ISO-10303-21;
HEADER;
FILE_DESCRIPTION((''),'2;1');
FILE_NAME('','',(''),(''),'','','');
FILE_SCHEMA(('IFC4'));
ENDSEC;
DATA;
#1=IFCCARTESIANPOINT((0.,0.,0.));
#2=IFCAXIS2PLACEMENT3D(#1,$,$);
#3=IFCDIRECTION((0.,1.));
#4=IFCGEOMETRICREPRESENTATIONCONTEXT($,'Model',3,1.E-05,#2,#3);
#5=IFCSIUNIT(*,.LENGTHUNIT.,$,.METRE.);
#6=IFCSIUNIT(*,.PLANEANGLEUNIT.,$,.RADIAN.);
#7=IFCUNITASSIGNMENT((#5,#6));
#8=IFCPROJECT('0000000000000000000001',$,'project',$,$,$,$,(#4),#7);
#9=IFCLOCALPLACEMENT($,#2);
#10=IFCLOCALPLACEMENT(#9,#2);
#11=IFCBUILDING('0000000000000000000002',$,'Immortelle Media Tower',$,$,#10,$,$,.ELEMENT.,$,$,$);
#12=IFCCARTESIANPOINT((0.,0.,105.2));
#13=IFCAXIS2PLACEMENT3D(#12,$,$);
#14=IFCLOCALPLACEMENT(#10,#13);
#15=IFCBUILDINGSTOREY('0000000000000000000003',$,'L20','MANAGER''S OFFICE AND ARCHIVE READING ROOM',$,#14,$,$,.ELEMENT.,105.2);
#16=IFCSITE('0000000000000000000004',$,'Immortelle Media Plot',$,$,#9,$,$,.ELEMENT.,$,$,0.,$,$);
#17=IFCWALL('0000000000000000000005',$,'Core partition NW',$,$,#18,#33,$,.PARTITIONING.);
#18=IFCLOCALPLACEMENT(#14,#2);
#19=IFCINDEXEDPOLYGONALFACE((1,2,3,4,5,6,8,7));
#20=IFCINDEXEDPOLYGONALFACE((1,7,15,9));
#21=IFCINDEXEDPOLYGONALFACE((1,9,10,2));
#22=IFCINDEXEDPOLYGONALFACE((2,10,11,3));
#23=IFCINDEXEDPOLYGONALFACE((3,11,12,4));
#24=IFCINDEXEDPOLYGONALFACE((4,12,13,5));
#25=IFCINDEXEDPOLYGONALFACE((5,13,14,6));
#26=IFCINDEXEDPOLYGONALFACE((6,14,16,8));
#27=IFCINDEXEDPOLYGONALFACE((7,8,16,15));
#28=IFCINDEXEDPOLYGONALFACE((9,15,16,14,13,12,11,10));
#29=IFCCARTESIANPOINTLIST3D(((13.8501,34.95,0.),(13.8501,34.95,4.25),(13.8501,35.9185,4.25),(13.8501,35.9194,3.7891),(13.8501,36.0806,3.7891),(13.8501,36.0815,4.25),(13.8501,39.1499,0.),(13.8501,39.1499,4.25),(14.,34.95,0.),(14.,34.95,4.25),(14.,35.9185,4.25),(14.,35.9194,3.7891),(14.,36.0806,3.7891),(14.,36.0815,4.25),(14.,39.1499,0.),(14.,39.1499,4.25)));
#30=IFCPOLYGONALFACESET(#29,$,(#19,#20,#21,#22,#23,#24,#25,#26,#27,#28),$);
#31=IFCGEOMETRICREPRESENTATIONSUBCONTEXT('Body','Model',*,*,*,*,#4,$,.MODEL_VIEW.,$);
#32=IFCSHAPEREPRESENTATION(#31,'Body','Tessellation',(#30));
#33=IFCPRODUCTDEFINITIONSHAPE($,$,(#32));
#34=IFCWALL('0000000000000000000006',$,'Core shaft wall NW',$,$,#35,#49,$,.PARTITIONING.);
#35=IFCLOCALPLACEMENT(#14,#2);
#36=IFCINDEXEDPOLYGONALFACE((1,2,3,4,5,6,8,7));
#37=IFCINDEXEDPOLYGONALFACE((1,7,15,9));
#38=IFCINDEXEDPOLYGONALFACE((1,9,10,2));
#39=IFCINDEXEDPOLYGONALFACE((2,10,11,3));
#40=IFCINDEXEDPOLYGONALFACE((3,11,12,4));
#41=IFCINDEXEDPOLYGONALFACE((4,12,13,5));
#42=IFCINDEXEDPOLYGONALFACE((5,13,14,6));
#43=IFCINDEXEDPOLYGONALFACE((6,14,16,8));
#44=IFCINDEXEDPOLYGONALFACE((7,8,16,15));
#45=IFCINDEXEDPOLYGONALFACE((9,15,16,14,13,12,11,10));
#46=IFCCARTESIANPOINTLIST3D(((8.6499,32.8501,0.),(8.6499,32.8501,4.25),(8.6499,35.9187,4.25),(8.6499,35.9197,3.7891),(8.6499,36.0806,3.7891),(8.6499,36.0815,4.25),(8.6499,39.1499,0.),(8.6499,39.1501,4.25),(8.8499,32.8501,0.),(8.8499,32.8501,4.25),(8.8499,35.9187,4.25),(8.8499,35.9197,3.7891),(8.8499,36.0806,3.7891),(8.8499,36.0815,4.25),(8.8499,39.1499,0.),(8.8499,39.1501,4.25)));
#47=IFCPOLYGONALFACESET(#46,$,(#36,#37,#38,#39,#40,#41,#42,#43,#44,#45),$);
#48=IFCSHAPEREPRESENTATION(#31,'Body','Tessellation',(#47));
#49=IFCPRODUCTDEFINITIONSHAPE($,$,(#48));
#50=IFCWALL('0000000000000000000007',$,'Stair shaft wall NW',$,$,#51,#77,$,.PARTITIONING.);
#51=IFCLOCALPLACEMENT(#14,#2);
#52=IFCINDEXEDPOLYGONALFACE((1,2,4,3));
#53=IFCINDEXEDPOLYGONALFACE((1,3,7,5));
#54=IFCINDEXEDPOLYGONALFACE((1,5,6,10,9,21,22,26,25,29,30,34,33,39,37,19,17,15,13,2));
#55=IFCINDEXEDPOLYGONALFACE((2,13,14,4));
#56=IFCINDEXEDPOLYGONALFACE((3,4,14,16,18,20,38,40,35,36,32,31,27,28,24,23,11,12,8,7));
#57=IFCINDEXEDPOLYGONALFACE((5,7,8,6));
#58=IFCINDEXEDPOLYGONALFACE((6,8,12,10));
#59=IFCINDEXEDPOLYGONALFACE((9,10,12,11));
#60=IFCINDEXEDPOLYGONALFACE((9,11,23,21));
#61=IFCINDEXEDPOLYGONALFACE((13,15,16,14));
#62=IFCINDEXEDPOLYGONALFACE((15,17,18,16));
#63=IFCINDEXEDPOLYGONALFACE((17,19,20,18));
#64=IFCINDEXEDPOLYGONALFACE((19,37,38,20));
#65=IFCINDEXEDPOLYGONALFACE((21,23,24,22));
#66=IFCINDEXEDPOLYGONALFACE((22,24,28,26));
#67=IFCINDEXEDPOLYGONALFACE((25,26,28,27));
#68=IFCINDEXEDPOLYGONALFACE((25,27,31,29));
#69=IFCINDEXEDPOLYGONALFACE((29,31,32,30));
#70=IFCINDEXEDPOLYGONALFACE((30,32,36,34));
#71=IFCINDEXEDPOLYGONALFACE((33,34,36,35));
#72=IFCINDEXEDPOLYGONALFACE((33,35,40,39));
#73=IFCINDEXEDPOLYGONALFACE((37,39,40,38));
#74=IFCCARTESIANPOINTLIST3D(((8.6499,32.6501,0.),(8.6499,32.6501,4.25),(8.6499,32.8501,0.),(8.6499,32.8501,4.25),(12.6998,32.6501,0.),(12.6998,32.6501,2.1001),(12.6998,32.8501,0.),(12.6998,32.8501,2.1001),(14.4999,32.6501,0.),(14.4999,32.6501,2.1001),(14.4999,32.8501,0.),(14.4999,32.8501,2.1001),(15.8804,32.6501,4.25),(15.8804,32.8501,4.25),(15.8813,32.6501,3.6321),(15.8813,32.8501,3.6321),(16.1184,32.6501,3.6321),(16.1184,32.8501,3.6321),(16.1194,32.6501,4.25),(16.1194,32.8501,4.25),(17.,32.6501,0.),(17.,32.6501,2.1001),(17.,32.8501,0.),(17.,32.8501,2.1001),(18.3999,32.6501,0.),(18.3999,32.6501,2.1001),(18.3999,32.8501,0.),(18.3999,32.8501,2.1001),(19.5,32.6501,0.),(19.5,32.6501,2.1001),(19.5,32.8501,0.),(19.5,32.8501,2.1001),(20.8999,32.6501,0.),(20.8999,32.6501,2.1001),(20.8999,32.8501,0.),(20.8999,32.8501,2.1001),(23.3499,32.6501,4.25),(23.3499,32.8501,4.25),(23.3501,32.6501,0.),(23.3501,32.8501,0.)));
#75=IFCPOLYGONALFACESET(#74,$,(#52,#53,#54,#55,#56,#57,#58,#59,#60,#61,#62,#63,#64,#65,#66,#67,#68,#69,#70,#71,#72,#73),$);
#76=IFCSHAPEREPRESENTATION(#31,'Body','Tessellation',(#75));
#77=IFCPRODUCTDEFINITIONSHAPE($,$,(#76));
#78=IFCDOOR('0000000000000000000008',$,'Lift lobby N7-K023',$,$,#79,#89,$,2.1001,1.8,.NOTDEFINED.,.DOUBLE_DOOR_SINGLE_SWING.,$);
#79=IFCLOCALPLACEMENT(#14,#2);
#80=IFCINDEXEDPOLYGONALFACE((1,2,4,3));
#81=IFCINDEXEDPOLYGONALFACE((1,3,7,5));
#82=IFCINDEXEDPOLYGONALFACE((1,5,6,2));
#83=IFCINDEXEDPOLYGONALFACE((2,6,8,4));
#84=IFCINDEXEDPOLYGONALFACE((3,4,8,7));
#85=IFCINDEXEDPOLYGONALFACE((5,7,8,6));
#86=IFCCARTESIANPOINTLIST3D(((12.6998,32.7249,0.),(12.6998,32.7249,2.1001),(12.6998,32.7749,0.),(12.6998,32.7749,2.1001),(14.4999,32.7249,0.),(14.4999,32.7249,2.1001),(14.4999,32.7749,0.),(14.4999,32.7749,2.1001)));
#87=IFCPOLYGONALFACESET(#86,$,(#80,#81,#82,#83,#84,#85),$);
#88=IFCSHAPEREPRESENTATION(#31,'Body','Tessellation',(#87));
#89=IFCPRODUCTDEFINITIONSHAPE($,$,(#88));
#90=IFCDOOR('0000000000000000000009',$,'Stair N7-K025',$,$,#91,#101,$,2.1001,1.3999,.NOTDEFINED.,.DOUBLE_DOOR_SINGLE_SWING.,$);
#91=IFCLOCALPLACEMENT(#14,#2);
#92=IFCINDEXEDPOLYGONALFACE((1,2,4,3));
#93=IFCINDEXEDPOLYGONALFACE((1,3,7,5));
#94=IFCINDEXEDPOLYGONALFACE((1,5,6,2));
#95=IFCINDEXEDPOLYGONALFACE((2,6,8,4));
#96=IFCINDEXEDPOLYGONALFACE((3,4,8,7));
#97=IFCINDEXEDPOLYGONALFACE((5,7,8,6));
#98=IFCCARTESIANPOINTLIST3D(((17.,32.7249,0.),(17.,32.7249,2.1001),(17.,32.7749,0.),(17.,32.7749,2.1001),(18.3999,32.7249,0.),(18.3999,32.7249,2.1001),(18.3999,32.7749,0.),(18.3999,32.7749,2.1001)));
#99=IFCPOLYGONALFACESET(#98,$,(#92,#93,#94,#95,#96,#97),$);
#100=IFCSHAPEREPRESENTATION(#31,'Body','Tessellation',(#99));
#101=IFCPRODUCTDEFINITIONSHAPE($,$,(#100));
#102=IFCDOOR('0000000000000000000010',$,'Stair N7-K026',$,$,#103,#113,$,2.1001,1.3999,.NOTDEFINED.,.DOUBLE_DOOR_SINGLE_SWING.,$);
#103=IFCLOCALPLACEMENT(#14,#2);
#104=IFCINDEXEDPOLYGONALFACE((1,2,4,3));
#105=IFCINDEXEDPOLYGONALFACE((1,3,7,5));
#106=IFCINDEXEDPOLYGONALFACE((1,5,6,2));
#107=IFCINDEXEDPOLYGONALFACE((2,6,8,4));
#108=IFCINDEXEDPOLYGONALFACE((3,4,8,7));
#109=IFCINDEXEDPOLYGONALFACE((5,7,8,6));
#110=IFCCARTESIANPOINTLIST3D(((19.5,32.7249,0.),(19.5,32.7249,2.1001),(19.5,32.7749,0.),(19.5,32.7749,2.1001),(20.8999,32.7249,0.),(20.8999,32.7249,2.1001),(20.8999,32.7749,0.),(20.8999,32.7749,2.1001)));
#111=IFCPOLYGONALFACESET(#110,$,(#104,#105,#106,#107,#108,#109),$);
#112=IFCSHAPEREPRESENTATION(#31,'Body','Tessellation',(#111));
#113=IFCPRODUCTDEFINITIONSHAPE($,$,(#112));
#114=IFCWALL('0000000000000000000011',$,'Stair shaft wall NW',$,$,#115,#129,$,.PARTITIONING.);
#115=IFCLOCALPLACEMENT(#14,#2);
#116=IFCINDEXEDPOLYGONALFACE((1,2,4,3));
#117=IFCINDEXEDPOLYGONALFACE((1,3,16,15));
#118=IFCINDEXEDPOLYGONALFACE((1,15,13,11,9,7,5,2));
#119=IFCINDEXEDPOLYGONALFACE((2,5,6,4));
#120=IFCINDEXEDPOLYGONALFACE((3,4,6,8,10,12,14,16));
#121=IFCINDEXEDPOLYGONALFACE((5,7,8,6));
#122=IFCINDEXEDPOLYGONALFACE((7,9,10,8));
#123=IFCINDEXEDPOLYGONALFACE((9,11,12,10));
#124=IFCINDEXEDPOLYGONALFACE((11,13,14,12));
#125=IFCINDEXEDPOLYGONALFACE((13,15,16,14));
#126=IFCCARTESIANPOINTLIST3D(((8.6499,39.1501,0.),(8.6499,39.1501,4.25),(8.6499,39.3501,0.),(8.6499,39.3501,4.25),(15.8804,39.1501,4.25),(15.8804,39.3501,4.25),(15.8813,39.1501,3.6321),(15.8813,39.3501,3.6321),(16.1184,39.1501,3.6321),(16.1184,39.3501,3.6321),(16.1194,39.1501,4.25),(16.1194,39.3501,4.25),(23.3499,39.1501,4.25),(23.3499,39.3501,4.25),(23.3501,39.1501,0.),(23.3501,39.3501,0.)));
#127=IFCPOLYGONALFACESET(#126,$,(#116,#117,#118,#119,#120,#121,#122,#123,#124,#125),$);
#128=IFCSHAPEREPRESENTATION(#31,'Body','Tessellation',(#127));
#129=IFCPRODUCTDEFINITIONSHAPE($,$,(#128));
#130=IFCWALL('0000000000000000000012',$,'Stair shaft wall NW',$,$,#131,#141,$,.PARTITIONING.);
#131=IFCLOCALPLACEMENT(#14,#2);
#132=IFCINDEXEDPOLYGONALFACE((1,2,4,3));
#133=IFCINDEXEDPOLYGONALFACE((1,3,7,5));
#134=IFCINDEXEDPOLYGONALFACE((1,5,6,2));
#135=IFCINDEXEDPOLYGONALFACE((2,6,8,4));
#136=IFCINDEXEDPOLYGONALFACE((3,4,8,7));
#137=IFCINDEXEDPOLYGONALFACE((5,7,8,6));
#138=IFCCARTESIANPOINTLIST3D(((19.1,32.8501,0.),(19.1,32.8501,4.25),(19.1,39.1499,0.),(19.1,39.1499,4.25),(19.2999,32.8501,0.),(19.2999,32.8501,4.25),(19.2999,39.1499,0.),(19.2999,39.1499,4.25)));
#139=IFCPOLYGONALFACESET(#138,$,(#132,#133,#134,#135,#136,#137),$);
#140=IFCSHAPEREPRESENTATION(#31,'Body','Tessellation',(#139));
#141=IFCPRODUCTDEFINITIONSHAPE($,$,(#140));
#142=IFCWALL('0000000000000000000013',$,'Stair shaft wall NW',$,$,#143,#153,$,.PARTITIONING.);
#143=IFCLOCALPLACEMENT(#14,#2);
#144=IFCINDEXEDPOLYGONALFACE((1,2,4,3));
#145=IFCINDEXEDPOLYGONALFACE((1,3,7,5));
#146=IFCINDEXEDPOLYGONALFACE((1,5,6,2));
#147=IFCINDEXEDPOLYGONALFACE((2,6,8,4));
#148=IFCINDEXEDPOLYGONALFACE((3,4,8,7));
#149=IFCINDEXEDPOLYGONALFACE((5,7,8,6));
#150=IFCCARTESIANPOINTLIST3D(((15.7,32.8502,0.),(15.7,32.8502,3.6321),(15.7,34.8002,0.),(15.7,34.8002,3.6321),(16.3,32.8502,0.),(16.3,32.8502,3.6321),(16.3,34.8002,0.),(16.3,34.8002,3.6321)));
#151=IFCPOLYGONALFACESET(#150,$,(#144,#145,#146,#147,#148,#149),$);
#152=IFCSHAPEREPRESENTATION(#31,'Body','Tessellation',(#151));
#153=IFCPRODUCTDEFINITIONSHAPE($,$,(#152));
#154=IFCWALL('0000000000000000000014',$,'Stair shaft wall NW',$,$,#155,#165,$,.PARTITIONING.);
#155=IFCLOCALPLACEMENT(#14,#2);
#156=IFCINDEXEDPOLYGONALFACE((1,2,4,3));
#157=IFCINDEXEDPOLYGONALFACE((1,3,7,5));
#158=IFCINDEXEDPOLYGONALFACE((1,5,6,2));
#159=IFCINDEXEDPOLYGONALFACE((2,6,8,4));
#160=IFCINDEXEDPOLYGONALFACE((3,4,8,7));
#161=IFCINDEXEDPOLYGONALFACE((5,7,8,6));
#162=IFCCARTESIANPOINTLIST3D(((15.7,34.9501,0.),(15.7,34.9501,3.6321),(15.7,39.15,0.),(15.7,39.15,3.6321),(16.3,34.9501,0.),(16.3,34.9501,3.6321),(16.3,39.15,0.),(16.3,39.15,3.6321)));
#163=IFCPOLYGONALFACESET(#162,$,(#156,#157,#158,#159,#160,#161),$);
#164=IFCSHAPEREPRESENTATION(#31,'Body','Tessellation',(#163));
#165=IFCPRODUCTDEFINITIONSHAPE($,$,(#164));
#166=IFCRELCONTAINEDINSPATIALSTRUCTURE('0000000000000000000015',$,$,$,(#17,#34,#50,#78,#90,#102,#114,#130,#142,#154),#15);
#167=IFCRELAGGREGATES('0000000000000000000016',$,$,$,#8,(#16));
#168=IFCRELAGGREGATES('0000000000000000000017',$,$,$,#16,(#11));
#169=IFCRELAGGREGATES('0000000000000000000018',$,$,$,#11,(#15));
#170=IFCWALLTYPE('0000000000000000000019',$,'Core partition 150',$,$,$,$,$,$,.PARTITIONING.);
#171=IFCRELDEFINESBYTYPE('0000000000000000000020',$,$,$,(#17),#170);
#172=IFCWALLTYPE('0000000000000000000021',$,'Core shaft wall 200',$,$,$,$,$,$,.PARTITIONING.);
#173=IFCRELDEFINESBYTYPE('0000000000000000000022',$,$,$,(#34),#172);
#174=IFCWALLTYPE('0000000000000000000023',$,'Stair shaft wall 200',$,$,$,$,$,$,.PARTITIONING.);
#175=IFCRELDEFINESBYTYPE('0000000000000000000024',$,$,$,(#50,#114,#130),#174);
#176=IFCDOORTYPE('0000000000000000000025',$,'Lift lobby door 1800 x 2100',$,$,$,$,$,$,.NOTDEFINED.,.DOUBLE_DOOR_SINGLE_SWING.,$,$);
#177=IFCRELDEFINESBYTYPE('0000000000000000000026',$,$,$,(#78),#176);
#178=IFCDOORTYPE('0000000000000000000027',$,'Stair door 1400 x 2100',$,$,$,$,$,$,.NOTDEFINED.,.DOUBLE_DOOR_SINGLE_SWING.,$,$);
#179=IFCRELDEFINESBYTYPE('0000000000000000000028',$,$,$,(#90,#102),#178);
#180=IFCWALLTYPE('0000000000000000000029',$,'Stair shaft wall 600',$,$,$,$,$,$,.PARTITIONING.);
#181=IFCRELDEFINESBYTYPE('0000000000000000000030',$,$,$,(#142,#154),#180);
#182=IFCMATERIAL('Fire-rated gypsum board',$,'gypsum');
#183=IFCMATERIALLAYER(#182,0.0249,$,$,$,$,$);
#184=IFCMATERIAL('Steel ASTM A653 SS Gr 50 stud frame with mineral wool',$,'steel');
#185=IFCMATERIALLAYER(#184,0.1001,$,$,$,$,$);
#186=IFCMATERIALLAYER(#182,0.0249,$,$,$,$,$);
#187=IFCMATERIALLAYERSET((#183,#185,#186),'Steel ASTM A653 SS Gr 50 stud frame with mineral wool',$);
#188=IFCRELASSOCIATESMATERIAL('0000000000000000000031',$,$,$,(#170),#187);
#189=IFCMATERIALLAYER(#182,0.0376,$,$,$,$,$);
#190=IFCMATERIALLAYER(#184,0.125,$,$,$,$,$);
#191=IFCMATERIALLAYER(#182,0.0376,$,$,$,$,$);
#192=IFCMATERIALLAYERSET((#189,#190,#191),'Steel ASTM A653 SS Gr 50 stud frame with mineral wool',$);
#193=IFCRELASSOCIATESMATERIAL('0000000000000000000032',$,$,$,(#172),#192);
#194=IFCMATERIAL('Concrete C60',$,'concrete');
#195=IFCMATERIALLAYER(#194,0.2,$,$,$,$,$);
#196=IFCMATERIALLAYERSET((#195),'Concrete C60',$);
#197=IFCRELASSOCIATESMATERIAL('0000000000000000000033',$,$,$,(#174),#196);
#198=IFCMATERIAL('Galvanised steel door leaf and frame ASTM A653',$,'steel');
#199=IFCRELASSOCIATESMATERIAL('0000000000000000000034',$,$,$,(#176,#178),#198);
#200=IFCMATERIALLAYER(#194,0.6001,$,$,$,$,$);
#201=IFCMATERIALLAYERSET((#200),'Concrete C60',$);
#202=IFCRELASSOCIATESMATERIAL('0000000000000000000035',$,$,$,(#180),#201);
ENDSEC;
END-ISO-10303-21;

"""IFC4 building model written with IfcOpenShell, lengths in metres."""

from ifc_helpers import new_model, si_unit, direction, frame, frame_2d, origin, place, context, subcontext, project, spatial, polyline, rectangle, outline, extrude, material, layer, layer_set, type_object, element, fill, save


model = new_model("IFC4")

# Units and contexts
model_context = context("Model", 3, precision=1e-05, world=origin(), true_north=direction((0.0, 1.0)))
body_context = subcontext(model_context, "Body", "Model", "MODEL_VIEW")
ifc_project = project(units=[si_unit("LENGTHUNIT", "METRE"), si_unit("PLANEANGLEUNIT", "RADIAN")], contexts=[model_context])

# Site, building, storey
site_placement = place(None, origin())
site = spatial("IfcSite", under=ifc_project, at=site_placement, Name="Immortelle Media Plot", CompositionType="ELEMENT", RefElevation=0.0)
building_placement = place(site_placement, origin())
building = spatial("IfcBuilding", under=site, at=building_placement, Name="Immortelle Media Tower", CompositionType="ELEMENT")
storey_placement = place(building_placement, frame((0.0, 0.0, 105.2)))
storey = spatial("IfcBuildingStorey", under=building, at=storey_placement, Name="L20", Description="MANAGER'S OFFICE AND ARCHIVE READING ROOM", CompositionType="ELEMENT", Elevation=105.2)

# Shared definitions
ifc_material_1 = material(Name="Fire-rated gypsum board", Category="gypsum")
ifc_layer_1 = layer(ifc_material_1, 0.0249)
ifc_material_2 = material(Name="Steel ASTM A653 SS Gr 50 stud frame with mineral wool", Category="steel")
ifc_layer_2 = layer(ifc_material_2, 0.1001)
ifc_layer_3 = layer(ifc_material_1, 0.0249)
ifc_layer_set_1 = layer_set([ifc_layer_1, ifc_layer_2, ifc_layer_3], Name="Steel ASTM A653 SS Gr 50 stud frame with mineral wool")
wall_type_1 = type_object("IfcWallType", Name="Core partition 150", PredefinedType="PARTITIONING", material=ifc_layer_set_1)
ifc_material_3 = material(Name="Galvanised steel door leaf and frame ASTM A653", Category="steel")

# Walls
for number, where, z_axis, x_axis, name in (
    (1, (13.925, 34.95, 0.0), (0.0, 0.0, 1.0), (0.0, 1.0, 0.0), "Core partition NW"),
):
    element("IfcWall", number, at=place(storey_placement, frame(where, z_axis=z_axis, x_axis=x_axis)), inside=storey, type_object=wall_type_1, Name=name, PredefinedType="PARTITIONING", context=body_context, shape_type="SweptSolid", body=[
        extrude(outline(polyline([(0.0, 0.0), (4.2, 0.0), (4.2, 4.25), (1.1316, 4.25), (1.1306, 3.7891), (0.9695, 3.7891), (0.9685, 4.25), (0.0, 4.25), (0.0, 0.0)])), frame((0.0, 0.075, 0.0), z_axis=(0.0, -1.0, 0.0), x_axis=(1.0, 0.0, 0.0)), (0.0, 0.0, 1.0), 0.1499),
    ])
ifc_layer_4 = layer(ifc_material_1, 0.0376)
ifc_layer_5 = layer(ifc_material_2, 0.125)
ifc_layer_6 = layer(ifc_material_1, 0.0376)
ifc_layer_set_2 = layer_set([ifc_layer_4, ifc_layer_5, ifc_layer_6], Name="Steel ASTM A653 SS Gr 50 stud frame with mineral wool")
wall_type_2 = type_object("IfcWallType", Name="Core shaft wall 200", PredefinedType="PARTITIONING", material=ifc_layer_set_2)
wall_1_placement = place(storey_placement, frame((8.75, 32.8501, 0.0), z_axis=(0.0, 0.0, 1.0), x_axis=(0.0, 1.0, 0.0)))
element("IfcWall", 2, at=wall_1_placement, inside=storey, type_object=wall_type_2, Name="Core shaft wall NW", PredefinedType="PARTITIONING", context=body_context, shape_type="SweptSolid", body=[
    extrude(outline(polyline([(0.0, 0.0), (6.2998, 0.0), (6.3, 4.25), (3.2314, 4.25), (3.2305, 3.7891), (3.0696, 3.7891), (3.0686, 4.25), (0.0, 4.25), (0.0, 0.0)])), frame((0.0, 0.1001, 0.0), z_axis=(0.0, -1.0, 0.0), x_axis=(1.0, 0.0, 0.0)), (0.0, 0.0, 1.0), 0.2),
])

# Wall, openings, doors
ifc_material_4 = material(Name="Concrete C60", Category="concrete")
ifc_layer_7 = layer(ifc_material_4, 0.2)
ifc_layer_set_3 = layer_set([ifc_layer_7], Name="Concrete C60")
wall_type_3 = type_object("IfcWallType", Name="Stair shaft wall 200", PredefinedType="PARTITIONING", material=ifc_layer_set_3)
wall_2_placement = place(storey_placement, frame((8.6499, 32.75, 0.0), z_axis=(0.0, 0.0, 1.0), x_axis=(1.0, 0.0, 0.0)))
wall_2 = element("IfcWall", 3, at=wall_2_placement, inside=storey, type_object=wall_type_3, Name="Stair shaft wall NW", PredefinedType="PARTITIONING", context=body_context, shape_type="SweptSolid", body=[
    extrude(outline(polyline([(0.0, 0.0), (14.7002, 0.0), (14.7, 4.25), (7.4695, 4.25), (7.4685, 3.6321), (7.2314, 3.6321), (7.2305, 4.25), (0.0, 4.25), (0.0, 0.0)])), frame((0.0, 0.1001, 0.0), z_axis=(0.0, -1.0, 0.0), x_axis=(1.0, 0.0, 0.0)), (0.0, 0.0, 1.0), 0.2),
])
opening_1_placement = place(wall_2_placement, frame((4.05, 0.0, 0.0)))
opening_1 = element("IfcOpeningElement", 4, at=opening_1_placement, cuts=wall_2, PredefinedType="OPENING", context=body_context, shape_type="SweptSolid", body=[
    extrude(rectangle(XDim=1.8, YDim=2.1001, at=frame_2d((0.8999, 1.05))), frame((0.0, 0.1099, 0.0), z_axis=(0.0, -1.0, 0.0), x_axis=(1.0, 0.0, 0.0)), (0.0, 0.0, 1.0), 0.22),
])
opening_2_placement = place(wall_2_placement, frame((8.3501, 0.0, 0.0)))
opening_2 = element("IfcOpeningElement", 5, at=opening_2_placement, cuts=wall_2, PredefinedType="OPENING", context=body_context, shape_type="SweptSolid", body=[
    extrude(rectangle(XDim=1.3999, YDim=2.1001, at=frame_2d((0.7, 1.05))), frame((0.0, 0.1099, 0.0), z_axis=(0.0, -1.0, 0.0), x_axis=(1.0, 0.0, 0.0)), (0.0, 0.0, 1.0), 0.22),
])
opening_3_placement = place(wall_2_placement, frame((10.8501, 0.0, 0.0)))
opening_3 = element("IfcOpeningElement", 6, at=opening_3_placement, cuts=wall_2, PredefinedType="OPENING", context=body_context, shape_type="SweptSolid", body=[
    extrude(rectangle(XDim=1.3999, YDim=2.1001, at=frame_2d((0.7, 1.05))), frame((0.0, 0.1099, 0.0), z_axis=(0.0, -1.0, 0.0), x_axis=(1.0, 0.0, 0.0)), (0.0, 0.0, 1.0), 0.22),
])
door_type_1 = type_object("IfcDoorType", Name="Lift lobby door 1800 x 2100", OperationType="DOUBLE_DOOR_SINGLE_SWING", PredefinedType="NOTDEFINED", material=ifc_material_3)
door_1_placement = place(opening_1_placement, origin())
door_1 = element("IfcDoor", 7, at=door_1_placement, inside=storey, type_object=door_type_1, Name="Lift lobby N7-K023", OperationType="DOUBLE_DOOR_SINGLE_SWING", OverallHeight=2.1001, OverallWidth=1.8, PredefinedType="NOTDEFINED", context=body_context, shape_type="SweptSolid", body=[
    extrude(rectangle(XDim=1.8, YDim=2.1001, at=frame_2d((0.8999, 1.05))), frame((0.0, 0.0249, 0.0), z_axis=(0.0, -1.0, 0.0), x_axis=(1.0, 0.0, 0.0)), (0.0, 0.0, 1.0), 0.05),
])
fill(opening_1, door_1)
door_type_2 = type_object("IfcDoorType", Name="Stair door 1400 x 2100", OperationType="DOUBLE_DOOR_SINGLE_SWING", PredefinedType="NOTDEFINED", material=ifc_material_3)
door_2_placement = place(opening_2_placement, origin())
door_2 = element("IfcDoor", 8, at=door_2_placement, inside=storey, type_object=door_type_2, Name="Stair N7-K025", OperationType="DOUBLE_DOOR_SINGLE_SWING", OverallHeight=2.1001, OverallWidth=1.3999, PredefinedType="NOTDEFINED", context=body_context, shape_type="SweptSolid", body=[
    extrude(rectangle(XDim=1.3999, YDim=2.1001, at=frame_2d((0.7, 1.05))), frame((0.0, 0.0249, 0.0), z_axis=(0.0, -1.0, 0.0), x_axis=(1.0, 0.0, 0.0)), (0.0, 0.0, 1.0), 0.05),
])
fill(opening_2, door_2)
door_3_placement = place(opening_3_placement, origin())
door_3 = element("IfcDoor", 9, at=door_3_placement, inside=storey, type_object=door_type_2, Name="Stair N7-K026", OperationType="DOUBLE_DOOR_SINGLE_SWING", OverallHeight=2.1001, OverallWidth=1.3999, PredefinedType="NOTDEFINED", context=body_context, shape_type="SweptSolid", body=[
    extrude(rectangle(XDim=1.3999, YDim=2.1001, at=frame_2d((0.7, 1.05))), frame((0.0, 0.0249, 0.0), z_axis=(0.0, -1.0, 0.0), x_axis=(1.0, 0.0, 0.0)), (0.0, 0.0, 1.0), 0.05),
])
fill(opening_3, door_3)

# Walls
wall_3_placement = place(storey_placement, frame((8.6499, 39.25, 0.0), z_axis=(0.0, 0.0, 1.0), x_axis=(1.0, 0.0, 0.0)))
element("IfcWall", 10, at=wall_3_placement, inside=storey, type_object=wall_type_3, Name="Stair shaft wall NW", PredefinedType="PARTITIONING", context=body_context, shape_type="SweptSolid", body=[
    extrude(outline(polyline([(0.0, 0.0), (14.7002, 0.0), (14.7, 4.25), (7.4695, 4.25), (7.4685, 3.6321), (7.2314, 3.6321), (7.2305, 4.25), (0.0, 4.25), (0.0, 0.0)])), frame((0.0, 0.1001, 0.0), z_axis=(0.0, -1.0, 0.0), x_axis=(1.0, 0.0, 0.0)), (0.0, 0.0, 1.0), 0.2),
])
wall_4_placement = place(storey_placement, frame((19.2, 32.8501, 0.0), z_axis=(0.0, 0.0, 1.0), x_axis=(0.0, 1.0, 0.0)))
element("IfcWall", 11, at=wall_4_placement, inside=storey, type_object=wall_type_3, Name="Stair shaft wall NW", PredefinedType="PARTITIONING", context=body_context, shape_type="SweptSolid", body=[
    extrude(rectangle(XDim=6.2998, YDim=0.2, at=frame_2d((3.1499, 0.0))), origin(), (0.0, 0.0, 1.0), 4.25),
])
ifc_layer_8 = layer(ifc_material_4, 0.6001)
ifc_layer_set_4 = layer_set([ifc_layer_8], Name="Concrete C60")
wall_type_4 = type_object("IfcWallType", Name="Stair shaft wall 600", PredefinedType="PARTITIONING", material=ifc_layer_set_4)
wall_5_placement = place(storey_placement, frame((16.0, 32.8501, 0.0), z_axis=(0.0, 0.0, 1.0), x_axis=(0.0, 1.0, 0.0)))
element("IfcWall", 12, at=wall_5_placement, inside=storey, type_object=wall_type_4, Name="Stair shaft wall NW", PredefinedType="PARTITIONING", context=body_context, shape_type="SweptSolid", body=[
    extrude(rectangle(XDim=1.95, YDim=0.6001, at=frame_2d((0.9751, 0.0))), origin(), (0.0, 0.0, 1.0), 3.6321),
])
wall_6_placement = place(storey_placement, frame((16.0, 34.95, 0.0), z_axis=(0.0, 0.0, 1.0), x_axis=(0.0, 1.0, 0.0)))
element("IfcWall", 13, at=wall_6_placement, inside=storey, type_object=wall_type_4, Name="Stair shaft wall NW", PredefinedType="PARTITIONING", context=body_context, shape_type="SweptSolid", body=[
    extrude(rectangle(XDim=4.2, YDim=0.6001, at=frame_2d((2.1001, 0.0))), origin(), (0.0, 0.0, 1.0), 3.6321),
])

save(model, "model.ifc")
